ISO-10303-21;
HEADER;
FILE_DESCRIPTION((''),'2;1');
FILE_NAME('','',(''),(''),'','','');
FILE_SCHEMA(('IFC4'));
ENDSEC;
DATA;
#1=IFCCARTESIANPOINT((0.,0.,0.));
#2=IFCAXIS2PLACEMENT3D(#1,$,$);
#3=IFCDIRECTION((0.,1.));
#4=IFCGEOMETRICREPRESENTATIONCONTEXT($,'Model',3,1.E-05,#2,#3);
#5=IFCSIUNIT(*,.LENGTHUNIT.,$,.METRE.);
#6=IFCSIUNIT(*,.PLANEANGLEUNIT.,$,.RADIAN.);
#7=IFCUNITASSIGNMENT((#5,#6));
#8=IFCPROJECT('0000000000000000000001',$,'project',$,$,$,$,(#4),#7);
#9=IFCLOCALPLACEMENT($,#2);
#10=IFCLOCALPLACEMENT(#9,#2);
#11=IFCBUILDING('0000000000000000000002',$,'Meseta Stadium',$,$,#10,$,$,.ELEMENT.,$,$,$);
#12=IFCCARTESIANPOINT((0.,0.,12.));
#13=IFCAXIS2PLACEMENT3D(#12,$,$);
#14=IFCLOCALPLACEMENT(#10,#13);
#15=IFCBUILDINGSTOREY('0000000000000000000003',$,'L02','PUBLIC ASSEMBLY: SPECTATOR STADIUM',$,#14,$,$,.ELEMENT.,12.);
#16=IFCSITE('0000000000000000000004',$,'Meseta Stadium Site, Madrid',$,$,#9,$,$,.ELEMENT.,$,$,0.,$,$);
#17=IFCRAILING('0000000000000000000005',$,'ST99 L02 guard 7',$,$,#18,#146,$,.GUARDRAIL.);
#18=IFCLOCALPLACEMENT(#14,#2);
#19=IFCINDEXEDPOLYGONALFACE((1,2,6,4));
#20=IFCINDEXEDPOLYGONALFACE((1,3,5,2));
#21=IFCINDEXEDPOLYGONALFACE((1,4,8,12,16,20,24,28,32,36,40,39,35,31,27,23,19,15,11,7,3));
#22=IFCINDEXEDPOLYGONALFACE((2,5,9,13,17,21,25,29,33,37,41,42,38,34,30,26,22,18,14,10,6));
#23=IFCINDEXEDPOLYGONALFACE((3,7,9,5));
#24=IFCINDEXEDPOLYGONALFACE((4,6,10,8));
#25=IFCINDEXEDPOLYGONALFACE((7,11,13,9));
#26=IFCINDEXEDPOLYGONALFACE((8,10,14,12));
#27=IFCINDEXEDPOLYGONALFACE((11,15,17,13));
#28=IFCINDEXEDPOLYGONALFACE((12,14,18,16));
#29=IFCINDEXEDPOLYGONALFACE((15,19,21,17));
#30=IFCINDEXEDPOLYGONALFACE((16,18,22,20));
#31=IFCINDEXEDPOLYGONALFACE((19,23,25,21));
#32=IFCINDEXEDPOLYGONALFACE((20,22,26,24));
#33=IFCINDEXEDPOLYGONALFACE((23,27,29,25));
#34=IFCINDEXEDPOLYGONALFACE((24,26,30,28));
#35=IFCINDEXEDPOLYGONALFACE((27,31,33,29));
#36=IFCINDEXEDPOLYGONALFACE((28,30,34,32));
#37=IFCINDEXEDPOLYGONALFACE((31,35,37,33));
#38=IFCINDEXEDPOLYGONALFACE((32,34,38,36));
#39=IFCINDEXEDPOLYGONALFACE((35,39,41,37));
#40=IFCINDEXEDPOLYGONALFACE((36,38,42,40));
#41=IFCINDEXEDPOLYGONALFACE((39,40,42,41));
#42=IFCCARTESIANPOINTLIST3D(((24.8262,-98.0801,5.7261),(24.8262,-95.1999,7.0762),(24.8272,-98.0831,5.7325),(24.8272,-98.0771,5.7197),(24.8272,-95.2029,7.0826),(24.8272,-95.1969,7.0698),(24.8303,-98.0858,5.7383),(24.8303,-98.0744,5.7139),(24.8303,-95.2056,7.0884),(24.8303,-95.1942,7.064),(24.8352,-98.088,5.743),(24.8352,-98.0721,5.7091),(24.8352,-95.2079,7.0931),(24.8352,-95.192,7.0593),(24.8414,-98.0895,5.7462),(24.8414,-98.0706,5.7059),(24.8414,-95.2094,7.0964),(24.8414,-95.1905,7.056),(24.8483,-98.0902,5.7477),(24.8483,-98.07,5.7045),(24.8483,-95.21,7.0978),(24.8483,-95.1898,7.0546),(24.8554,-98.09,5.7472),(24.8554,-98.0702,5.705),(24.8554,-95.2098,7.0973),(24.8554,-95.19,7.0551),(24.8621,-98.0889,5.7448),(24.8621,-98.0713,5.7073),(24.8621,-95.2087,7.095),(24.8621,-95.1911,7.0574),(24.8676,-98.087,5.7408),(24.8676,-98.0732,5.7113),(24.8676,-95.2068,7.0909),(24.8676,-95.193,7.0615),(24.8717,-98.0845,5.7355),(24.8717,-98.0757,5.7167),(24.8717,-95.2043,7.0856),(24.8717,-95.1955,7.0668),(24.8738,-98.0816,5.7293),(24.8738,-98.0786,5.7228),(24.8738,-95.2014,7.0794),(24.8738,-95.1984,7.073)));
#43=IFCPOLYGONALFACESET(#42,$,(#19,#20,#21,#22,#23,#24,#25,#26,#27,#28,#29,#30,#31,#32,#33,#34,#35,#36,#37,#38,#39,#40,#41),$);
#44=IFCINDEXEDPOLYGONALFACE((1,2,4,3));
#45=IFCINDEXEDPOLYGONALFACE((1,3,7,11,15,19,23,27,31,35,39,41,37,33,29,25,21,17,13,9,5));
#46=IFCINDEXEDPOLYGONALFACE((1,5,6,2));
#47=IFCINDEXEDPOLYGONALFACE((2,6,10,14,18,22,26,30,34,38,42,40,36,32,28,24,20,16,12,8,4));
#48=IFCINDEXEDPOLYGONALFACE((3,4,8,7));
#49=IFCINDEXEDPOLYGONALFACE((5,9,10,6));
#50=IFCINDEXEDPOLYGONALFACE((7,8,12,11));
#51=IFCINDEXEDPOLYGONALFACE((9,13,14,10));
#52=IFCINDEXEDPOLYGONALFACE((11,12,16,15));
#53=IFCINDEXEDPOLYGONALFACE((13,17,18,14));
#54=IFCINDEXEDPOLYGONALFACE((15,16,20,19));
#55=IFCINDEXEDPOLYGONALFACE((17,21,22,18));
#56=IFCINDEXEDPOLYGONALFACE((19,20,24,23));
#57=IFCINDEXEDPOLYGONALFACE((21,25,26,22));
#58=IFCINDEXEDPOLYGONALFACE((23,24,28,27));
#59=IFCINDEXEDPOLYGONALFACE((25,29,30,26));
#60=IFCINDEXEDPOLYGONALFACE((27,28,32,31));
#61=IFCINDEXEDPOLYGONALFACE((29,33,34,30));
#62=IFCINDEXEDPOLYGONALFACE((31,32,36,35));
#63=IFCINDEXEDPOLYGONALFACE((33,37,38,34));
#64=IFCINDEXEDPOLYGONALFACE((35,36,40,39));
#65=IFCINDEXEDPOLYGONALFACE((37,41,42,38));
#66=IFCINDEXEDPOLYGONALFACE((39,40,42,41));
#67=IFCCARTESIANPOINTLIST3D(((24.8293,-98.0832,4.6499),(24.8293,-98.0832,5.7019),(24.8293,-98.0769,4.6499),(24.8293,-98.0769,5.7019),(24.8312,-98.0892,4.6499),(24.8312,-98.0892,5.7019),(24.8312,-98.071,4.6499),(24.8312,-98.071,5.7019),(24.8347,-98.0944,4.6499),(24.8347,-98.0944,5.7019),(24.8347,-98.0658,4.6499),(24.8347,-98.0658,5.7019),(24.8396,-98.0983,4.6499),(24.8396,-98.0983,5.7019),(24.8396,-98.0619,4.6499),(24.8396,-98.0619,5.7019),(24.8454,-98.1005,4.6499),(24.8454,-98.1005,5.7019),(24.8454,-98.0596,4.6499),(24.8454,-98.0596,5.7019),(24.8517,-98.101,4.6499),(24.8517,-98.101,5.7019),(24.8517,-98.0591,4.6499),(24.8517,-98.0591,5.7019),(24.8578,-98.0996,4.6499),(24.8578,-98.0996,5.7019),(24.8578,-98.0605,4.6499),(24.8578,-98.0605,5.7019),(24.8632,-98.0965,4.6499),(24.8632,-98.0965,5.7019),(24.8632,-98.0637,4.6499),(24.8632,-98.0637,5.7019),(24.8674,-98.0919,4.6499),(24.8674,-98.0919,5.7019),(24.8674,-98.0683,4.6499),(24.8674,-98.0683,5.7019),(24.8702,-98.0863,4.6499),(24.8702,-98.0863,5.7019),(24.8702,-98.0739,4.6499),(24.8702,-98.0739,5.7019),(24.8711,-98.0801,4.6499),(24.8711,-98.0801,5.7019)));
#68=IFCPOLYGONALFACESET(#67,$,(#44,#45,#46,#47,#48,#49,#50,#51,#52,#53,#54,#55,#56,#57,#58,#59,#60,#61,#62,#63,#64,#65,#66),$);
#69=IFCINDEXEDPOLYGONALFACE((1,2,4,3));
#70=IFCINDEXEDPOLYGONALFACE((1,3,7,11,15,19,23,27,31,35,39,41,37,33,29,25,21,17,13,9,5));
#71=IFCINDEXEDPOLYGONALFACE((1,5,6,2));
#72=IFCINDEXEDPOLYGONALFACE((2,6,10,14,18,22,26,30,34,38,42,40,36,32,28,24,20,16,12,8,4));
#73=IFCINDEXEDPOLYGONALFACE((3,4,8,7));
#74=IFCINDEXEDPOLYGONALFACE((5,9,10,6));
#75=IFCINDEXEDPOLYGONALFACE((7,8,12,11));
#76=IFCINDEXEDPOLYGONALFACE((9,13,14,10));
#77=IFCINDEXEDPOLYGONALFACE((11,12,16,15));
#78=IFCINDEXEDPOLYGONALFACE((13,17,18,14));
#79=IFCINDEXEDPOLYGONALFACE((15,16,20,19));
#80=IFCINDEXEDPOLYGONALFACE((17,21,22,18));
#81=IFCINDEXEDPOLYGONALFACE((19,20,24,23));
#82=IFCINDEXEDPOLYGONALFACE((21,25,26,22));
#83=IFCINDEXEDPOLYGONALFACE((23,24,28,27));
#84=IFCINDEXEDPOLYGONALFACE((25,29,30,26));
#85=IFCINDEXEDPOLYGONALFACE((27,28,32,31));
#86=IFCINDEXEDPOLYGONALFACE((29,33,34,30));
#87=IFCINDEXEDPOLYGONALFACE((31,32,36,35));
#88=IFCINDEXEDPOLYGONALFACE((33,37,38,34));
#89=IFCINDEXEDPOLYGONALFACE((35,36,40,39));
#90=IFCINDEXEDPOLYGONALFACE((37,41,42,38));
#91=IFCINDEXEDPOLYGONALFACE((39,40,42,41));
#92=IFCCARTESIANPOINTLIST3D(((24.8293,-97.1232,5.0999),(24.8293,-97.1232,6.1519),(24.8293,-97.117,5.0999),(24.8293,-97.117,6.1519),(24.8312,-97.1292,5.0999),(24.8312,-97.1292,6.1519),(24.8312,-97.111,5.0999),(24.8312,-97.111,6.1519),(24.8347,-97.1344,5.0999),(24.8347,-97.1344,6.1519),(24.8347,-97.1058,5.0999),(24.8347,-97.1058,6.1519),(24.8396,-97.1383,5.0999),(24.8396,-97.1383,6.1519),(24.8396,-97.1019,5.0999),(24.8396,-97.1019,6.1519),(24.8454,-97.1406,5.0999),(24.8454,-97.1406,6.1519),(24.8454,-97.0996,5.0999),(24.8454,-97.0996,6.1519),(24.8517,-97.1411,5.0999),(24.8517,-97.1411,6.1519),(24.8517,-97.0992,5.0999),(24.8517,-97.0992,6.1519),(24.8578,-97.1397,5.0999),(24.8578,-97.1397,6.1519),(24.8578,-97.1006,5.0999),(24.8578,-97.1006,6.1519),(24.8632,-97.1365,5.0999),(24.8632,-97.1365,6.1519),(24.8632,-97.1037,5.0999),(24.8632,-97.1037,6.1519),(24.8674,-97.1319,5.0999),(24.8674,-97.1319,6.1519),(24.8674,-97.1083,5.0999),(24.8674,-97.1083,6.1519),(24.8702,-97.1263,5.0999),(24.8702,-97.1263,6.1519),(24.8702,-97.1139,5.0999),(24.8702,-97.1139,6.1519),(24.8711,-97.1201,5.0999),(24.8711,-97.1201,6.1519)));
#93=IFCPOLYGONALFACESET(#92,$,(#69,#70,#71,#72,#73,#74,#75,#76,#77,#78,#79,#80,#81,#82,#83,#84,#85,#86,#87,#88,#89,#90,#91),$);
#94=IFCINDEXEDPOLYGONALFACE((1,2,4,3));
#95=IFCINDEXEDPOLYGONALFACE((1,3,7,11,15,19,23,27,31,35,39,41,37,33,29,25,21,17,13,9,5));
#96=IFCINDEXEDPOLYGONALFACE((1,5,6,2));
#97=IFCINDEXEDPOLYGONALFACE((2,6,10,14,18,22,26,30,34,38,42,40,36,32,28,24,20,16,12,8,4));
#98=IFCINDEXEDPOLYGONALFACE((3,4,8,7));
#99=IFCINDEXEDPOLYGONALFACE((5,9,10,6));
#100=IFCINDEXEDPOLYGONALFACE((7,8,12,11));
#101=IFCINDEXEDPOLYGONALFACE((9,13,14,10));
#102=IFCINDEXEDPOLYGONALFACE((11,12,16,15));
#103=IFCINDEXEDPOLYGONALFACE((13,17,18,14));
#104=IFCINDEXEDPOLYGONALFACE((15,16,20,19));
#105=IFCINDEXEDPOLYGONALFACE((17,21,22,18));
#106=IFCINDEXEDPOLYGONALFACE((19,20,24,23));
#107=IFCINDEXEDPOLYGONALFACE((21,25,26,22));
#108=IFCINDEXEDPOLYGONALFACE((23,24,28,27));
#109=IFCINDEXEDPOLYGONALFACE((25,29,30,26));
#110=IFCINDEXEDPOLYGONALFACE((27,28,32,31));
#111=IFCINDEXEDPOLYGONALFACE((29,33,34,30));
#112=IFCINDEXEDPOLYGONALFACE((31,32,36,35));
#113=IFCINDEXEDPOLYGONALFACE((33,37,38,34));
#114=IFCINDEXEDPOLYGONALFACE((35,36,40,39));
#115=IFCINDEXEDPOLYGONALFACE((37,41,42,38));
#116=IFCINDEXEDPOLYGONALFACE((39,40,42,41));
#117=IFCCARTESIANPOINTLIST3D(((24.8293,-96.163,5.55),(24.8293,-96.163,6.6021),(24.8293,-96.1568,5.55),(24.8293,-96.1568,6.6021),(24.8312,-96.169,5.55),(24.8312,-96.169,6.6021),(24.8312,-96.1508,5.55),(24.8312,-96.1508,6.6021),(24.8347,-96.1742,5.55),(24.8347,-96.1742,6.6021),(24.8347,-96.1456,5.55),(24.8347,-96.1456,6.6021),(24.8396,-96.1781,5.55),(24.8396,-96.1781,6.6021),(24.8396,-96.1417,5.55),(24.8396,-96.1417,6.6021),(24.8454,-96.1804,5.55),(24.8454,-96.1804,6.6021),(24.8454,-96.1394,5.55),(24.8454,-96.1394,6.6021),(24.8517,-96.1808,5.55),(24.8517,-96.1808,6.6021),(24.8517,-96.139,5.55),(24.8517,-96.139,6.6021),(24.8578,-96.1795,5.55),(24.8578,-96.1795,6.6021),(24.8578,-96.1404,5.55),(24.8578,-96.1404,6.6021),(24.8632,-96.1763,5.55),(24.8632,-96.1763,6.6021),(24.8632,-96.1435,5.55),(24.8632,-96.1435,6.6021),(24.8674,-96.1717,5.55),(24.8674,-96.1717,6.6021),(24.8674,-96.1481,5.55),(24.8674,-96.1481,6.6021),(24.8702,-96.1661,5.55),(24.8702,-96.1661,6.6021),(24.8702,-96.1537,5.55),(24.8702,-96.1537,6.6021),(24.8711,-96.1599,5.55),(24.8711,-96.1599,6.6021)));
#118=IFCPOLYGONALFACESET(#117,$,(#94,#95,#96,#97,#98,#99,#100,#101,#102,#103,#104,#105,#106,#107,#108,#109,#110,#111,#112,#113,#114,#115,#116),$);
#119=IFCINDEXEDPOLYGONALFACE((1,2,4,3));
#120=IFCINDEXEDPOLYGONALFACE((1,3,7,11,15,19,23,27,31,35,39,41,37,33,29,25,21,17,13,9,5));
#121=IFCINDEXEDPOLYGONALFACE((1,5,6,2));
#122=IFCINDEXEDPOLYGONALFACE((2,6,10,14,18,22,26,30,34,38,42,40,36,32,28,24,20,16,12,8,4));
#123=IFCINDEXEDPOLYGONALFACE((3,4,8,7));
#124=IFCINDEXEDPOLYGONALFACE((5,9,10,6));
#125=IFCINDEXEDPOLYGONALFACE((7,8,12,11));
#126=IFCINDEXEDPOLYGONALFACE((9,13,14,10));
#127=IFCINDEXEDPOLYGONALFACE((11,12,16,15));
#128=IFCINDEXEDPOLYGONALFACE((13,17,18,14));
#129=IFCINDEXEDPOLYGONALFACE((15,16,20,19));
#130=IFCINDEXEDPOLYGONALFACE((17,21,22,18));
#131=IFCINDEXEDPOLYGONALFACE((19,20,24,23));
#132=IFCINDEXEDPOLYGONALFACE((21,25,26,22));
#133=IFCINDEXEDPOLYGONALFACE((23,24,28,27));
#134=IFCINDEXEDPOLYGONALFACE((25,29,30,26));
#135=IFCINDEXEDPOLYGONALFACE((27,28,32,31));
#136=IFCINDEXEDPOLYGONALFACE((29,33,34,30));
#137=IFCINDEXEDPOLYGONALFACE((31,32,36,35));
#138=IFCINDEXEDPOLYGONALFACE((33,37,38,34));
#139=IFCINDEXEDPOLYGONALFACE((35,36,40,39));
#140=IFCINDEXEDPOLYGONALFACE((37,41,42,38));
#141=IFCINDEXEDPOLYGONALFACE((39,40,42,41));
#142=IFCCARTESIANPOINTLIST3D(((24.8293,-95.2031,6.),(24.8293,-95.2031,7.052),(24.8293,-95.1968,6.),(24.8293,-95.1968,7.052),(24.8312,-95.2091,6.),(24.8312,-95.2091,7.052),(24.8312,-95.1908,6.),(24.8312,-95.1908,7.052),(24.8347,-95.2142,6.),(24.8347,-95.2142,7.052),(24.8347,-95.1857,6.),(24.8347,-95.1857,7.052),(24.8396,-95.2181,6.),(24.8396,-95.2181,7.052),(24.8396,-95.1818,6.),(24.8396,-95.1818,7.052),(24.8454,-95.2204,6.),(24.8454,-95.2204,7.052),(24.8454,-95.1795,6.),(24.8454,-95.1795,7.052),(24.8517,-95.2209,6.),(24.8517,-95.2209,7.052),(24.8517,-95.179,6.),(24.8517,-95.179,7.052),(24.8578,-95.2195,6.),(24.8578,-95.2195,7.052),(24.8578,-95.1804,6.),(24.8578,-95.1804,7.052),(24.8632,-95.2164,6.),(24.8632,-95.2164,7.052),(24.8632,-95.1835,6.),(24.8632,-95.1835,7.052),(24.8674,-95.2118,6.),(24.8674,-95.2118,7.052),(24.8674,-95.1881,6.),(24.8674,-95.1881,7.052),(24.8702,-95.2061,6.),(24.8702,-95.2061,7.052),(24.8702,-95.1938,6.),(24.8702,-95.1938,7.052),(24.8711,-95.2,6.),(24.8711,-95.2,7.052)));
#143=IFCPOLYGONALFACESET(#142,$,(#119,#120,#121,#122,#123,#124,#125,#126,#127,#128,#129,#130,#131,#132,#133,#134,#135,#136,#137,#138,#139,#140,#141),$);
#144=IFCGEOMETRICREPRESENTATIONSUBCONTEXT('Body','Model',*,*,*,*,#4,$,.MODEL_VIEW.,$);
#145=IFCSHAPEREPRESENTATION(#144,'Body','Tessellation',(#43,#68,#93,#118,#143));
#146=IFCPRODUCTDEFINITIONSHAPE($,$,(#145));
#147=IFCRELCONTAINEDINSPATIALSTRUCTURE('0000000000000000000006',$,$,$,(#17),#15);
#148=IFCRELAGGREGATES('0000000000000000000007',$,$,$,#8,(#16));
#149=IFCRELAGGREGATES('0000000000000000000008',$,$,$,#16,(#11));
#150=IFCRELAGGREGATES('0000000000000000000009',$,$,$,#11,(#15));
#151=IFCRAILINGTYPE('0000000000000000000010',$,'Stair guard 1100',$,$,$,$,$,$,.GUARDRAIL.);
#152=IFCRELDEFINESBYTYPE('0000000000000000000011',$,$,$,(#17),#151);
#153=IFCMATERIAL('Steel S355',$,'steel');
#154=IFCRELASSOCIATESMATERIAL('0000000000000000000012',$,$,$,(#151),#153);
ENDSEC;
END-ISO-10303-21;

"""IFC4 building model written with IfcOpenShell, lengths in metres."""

from ifc_helpers import new_model, si_unit, direction, frame, origin, origin_2d, place, context, subcontext, project, spatial, circle, extrude, material, type_object, element, save


model = new_model("IFC4")

# Units and contexts
model_context = context("Model", 3, precision=1e-05, world=origin(), true_north=direction((0.0, 1.0)))
body_context = subcontext(model_context, "Body", "Model", "MODEL_VIEW")
ifc_project = project(units=[si_unit("LENGTHUNIT", "METRE"), si_unit("PLANEANGLEUNIT", "RADIAN")], contexts=[model_context])

# Site, building, storey
site_placement = place(None, origin())
site = spatial("IfcSite", under=ifc_project, at=site_placement, Name="Meseta Stadium Site, Madrid", CompositionType="ELEMENT", RefElevation=0.0)
building_placement = place(site_placement, origin())
building = spatial("IfcBuilding", under=site, at=building_placement, Name="Meseta Stadium", CompositionType="ELEMENT")
storey_placement = place(building_placement, frame((0.0, 0.0, 12.0)))
storey = spatial("IfcBuildingStorey", under=building, at=storey_placement, Name="L02", Description="PUBLIC ASSEMBLY: SPECTATOR STADIUM", CompositionType="ELEMENT", Elevation=12.0)

# Railing
ifc_material_1 = material(Name="Steel S355", Category="steel")
railing_type_1 = type_object("IfcRailingType", Name="Stair guard 1100", PredefinedType="GUARDRAIL", material=ifc_material_1)
railing_1_placement = place(storey_placement, frame((24.8501, -98.0801, 4.6499)))
element("IfcRailing", 1, at=railing_1_placement, inside=storey, type_object=railing_type_1, Name="ST99 L02 guard 7", PredefinedType="GUARDRAIL", context=body_context, shape_type="SweptSolid", body=[
    extrude(circle(Radius=0.0239, at=origin_2d()), frame((0.0, 0.0, 1.0762), z_axis=(0.0, 0.905454, 0.424444), x_axis=(-1.0, 0.0, 0.0)), (0.0, 0.0, 1.0), 3.1809),
    extrude(circle(Radius=0.021, at=origin_2d()), origin(), (0.0, 0.0, 1.0), 1.052),
    extrude(circle(Radius=0.021, at=origin_2d()), frame((0.0, 0.96, 0.45)), (0.0, 0.0, 1.0), 1.052),
    extrude(circle(Radius=0.021, at=origin_2d()), frame((0.0, 1.9202, 0.9001)), (0.0, 0.0, 1.0), 1.052),
    extrude(circle(Radius=0.021, at=origin_2d()), frame((0.0, 2.8801, 1.3501)), (0.0, 0.0, 1.0), 1.052),
])

save(model, "model.ifc")
